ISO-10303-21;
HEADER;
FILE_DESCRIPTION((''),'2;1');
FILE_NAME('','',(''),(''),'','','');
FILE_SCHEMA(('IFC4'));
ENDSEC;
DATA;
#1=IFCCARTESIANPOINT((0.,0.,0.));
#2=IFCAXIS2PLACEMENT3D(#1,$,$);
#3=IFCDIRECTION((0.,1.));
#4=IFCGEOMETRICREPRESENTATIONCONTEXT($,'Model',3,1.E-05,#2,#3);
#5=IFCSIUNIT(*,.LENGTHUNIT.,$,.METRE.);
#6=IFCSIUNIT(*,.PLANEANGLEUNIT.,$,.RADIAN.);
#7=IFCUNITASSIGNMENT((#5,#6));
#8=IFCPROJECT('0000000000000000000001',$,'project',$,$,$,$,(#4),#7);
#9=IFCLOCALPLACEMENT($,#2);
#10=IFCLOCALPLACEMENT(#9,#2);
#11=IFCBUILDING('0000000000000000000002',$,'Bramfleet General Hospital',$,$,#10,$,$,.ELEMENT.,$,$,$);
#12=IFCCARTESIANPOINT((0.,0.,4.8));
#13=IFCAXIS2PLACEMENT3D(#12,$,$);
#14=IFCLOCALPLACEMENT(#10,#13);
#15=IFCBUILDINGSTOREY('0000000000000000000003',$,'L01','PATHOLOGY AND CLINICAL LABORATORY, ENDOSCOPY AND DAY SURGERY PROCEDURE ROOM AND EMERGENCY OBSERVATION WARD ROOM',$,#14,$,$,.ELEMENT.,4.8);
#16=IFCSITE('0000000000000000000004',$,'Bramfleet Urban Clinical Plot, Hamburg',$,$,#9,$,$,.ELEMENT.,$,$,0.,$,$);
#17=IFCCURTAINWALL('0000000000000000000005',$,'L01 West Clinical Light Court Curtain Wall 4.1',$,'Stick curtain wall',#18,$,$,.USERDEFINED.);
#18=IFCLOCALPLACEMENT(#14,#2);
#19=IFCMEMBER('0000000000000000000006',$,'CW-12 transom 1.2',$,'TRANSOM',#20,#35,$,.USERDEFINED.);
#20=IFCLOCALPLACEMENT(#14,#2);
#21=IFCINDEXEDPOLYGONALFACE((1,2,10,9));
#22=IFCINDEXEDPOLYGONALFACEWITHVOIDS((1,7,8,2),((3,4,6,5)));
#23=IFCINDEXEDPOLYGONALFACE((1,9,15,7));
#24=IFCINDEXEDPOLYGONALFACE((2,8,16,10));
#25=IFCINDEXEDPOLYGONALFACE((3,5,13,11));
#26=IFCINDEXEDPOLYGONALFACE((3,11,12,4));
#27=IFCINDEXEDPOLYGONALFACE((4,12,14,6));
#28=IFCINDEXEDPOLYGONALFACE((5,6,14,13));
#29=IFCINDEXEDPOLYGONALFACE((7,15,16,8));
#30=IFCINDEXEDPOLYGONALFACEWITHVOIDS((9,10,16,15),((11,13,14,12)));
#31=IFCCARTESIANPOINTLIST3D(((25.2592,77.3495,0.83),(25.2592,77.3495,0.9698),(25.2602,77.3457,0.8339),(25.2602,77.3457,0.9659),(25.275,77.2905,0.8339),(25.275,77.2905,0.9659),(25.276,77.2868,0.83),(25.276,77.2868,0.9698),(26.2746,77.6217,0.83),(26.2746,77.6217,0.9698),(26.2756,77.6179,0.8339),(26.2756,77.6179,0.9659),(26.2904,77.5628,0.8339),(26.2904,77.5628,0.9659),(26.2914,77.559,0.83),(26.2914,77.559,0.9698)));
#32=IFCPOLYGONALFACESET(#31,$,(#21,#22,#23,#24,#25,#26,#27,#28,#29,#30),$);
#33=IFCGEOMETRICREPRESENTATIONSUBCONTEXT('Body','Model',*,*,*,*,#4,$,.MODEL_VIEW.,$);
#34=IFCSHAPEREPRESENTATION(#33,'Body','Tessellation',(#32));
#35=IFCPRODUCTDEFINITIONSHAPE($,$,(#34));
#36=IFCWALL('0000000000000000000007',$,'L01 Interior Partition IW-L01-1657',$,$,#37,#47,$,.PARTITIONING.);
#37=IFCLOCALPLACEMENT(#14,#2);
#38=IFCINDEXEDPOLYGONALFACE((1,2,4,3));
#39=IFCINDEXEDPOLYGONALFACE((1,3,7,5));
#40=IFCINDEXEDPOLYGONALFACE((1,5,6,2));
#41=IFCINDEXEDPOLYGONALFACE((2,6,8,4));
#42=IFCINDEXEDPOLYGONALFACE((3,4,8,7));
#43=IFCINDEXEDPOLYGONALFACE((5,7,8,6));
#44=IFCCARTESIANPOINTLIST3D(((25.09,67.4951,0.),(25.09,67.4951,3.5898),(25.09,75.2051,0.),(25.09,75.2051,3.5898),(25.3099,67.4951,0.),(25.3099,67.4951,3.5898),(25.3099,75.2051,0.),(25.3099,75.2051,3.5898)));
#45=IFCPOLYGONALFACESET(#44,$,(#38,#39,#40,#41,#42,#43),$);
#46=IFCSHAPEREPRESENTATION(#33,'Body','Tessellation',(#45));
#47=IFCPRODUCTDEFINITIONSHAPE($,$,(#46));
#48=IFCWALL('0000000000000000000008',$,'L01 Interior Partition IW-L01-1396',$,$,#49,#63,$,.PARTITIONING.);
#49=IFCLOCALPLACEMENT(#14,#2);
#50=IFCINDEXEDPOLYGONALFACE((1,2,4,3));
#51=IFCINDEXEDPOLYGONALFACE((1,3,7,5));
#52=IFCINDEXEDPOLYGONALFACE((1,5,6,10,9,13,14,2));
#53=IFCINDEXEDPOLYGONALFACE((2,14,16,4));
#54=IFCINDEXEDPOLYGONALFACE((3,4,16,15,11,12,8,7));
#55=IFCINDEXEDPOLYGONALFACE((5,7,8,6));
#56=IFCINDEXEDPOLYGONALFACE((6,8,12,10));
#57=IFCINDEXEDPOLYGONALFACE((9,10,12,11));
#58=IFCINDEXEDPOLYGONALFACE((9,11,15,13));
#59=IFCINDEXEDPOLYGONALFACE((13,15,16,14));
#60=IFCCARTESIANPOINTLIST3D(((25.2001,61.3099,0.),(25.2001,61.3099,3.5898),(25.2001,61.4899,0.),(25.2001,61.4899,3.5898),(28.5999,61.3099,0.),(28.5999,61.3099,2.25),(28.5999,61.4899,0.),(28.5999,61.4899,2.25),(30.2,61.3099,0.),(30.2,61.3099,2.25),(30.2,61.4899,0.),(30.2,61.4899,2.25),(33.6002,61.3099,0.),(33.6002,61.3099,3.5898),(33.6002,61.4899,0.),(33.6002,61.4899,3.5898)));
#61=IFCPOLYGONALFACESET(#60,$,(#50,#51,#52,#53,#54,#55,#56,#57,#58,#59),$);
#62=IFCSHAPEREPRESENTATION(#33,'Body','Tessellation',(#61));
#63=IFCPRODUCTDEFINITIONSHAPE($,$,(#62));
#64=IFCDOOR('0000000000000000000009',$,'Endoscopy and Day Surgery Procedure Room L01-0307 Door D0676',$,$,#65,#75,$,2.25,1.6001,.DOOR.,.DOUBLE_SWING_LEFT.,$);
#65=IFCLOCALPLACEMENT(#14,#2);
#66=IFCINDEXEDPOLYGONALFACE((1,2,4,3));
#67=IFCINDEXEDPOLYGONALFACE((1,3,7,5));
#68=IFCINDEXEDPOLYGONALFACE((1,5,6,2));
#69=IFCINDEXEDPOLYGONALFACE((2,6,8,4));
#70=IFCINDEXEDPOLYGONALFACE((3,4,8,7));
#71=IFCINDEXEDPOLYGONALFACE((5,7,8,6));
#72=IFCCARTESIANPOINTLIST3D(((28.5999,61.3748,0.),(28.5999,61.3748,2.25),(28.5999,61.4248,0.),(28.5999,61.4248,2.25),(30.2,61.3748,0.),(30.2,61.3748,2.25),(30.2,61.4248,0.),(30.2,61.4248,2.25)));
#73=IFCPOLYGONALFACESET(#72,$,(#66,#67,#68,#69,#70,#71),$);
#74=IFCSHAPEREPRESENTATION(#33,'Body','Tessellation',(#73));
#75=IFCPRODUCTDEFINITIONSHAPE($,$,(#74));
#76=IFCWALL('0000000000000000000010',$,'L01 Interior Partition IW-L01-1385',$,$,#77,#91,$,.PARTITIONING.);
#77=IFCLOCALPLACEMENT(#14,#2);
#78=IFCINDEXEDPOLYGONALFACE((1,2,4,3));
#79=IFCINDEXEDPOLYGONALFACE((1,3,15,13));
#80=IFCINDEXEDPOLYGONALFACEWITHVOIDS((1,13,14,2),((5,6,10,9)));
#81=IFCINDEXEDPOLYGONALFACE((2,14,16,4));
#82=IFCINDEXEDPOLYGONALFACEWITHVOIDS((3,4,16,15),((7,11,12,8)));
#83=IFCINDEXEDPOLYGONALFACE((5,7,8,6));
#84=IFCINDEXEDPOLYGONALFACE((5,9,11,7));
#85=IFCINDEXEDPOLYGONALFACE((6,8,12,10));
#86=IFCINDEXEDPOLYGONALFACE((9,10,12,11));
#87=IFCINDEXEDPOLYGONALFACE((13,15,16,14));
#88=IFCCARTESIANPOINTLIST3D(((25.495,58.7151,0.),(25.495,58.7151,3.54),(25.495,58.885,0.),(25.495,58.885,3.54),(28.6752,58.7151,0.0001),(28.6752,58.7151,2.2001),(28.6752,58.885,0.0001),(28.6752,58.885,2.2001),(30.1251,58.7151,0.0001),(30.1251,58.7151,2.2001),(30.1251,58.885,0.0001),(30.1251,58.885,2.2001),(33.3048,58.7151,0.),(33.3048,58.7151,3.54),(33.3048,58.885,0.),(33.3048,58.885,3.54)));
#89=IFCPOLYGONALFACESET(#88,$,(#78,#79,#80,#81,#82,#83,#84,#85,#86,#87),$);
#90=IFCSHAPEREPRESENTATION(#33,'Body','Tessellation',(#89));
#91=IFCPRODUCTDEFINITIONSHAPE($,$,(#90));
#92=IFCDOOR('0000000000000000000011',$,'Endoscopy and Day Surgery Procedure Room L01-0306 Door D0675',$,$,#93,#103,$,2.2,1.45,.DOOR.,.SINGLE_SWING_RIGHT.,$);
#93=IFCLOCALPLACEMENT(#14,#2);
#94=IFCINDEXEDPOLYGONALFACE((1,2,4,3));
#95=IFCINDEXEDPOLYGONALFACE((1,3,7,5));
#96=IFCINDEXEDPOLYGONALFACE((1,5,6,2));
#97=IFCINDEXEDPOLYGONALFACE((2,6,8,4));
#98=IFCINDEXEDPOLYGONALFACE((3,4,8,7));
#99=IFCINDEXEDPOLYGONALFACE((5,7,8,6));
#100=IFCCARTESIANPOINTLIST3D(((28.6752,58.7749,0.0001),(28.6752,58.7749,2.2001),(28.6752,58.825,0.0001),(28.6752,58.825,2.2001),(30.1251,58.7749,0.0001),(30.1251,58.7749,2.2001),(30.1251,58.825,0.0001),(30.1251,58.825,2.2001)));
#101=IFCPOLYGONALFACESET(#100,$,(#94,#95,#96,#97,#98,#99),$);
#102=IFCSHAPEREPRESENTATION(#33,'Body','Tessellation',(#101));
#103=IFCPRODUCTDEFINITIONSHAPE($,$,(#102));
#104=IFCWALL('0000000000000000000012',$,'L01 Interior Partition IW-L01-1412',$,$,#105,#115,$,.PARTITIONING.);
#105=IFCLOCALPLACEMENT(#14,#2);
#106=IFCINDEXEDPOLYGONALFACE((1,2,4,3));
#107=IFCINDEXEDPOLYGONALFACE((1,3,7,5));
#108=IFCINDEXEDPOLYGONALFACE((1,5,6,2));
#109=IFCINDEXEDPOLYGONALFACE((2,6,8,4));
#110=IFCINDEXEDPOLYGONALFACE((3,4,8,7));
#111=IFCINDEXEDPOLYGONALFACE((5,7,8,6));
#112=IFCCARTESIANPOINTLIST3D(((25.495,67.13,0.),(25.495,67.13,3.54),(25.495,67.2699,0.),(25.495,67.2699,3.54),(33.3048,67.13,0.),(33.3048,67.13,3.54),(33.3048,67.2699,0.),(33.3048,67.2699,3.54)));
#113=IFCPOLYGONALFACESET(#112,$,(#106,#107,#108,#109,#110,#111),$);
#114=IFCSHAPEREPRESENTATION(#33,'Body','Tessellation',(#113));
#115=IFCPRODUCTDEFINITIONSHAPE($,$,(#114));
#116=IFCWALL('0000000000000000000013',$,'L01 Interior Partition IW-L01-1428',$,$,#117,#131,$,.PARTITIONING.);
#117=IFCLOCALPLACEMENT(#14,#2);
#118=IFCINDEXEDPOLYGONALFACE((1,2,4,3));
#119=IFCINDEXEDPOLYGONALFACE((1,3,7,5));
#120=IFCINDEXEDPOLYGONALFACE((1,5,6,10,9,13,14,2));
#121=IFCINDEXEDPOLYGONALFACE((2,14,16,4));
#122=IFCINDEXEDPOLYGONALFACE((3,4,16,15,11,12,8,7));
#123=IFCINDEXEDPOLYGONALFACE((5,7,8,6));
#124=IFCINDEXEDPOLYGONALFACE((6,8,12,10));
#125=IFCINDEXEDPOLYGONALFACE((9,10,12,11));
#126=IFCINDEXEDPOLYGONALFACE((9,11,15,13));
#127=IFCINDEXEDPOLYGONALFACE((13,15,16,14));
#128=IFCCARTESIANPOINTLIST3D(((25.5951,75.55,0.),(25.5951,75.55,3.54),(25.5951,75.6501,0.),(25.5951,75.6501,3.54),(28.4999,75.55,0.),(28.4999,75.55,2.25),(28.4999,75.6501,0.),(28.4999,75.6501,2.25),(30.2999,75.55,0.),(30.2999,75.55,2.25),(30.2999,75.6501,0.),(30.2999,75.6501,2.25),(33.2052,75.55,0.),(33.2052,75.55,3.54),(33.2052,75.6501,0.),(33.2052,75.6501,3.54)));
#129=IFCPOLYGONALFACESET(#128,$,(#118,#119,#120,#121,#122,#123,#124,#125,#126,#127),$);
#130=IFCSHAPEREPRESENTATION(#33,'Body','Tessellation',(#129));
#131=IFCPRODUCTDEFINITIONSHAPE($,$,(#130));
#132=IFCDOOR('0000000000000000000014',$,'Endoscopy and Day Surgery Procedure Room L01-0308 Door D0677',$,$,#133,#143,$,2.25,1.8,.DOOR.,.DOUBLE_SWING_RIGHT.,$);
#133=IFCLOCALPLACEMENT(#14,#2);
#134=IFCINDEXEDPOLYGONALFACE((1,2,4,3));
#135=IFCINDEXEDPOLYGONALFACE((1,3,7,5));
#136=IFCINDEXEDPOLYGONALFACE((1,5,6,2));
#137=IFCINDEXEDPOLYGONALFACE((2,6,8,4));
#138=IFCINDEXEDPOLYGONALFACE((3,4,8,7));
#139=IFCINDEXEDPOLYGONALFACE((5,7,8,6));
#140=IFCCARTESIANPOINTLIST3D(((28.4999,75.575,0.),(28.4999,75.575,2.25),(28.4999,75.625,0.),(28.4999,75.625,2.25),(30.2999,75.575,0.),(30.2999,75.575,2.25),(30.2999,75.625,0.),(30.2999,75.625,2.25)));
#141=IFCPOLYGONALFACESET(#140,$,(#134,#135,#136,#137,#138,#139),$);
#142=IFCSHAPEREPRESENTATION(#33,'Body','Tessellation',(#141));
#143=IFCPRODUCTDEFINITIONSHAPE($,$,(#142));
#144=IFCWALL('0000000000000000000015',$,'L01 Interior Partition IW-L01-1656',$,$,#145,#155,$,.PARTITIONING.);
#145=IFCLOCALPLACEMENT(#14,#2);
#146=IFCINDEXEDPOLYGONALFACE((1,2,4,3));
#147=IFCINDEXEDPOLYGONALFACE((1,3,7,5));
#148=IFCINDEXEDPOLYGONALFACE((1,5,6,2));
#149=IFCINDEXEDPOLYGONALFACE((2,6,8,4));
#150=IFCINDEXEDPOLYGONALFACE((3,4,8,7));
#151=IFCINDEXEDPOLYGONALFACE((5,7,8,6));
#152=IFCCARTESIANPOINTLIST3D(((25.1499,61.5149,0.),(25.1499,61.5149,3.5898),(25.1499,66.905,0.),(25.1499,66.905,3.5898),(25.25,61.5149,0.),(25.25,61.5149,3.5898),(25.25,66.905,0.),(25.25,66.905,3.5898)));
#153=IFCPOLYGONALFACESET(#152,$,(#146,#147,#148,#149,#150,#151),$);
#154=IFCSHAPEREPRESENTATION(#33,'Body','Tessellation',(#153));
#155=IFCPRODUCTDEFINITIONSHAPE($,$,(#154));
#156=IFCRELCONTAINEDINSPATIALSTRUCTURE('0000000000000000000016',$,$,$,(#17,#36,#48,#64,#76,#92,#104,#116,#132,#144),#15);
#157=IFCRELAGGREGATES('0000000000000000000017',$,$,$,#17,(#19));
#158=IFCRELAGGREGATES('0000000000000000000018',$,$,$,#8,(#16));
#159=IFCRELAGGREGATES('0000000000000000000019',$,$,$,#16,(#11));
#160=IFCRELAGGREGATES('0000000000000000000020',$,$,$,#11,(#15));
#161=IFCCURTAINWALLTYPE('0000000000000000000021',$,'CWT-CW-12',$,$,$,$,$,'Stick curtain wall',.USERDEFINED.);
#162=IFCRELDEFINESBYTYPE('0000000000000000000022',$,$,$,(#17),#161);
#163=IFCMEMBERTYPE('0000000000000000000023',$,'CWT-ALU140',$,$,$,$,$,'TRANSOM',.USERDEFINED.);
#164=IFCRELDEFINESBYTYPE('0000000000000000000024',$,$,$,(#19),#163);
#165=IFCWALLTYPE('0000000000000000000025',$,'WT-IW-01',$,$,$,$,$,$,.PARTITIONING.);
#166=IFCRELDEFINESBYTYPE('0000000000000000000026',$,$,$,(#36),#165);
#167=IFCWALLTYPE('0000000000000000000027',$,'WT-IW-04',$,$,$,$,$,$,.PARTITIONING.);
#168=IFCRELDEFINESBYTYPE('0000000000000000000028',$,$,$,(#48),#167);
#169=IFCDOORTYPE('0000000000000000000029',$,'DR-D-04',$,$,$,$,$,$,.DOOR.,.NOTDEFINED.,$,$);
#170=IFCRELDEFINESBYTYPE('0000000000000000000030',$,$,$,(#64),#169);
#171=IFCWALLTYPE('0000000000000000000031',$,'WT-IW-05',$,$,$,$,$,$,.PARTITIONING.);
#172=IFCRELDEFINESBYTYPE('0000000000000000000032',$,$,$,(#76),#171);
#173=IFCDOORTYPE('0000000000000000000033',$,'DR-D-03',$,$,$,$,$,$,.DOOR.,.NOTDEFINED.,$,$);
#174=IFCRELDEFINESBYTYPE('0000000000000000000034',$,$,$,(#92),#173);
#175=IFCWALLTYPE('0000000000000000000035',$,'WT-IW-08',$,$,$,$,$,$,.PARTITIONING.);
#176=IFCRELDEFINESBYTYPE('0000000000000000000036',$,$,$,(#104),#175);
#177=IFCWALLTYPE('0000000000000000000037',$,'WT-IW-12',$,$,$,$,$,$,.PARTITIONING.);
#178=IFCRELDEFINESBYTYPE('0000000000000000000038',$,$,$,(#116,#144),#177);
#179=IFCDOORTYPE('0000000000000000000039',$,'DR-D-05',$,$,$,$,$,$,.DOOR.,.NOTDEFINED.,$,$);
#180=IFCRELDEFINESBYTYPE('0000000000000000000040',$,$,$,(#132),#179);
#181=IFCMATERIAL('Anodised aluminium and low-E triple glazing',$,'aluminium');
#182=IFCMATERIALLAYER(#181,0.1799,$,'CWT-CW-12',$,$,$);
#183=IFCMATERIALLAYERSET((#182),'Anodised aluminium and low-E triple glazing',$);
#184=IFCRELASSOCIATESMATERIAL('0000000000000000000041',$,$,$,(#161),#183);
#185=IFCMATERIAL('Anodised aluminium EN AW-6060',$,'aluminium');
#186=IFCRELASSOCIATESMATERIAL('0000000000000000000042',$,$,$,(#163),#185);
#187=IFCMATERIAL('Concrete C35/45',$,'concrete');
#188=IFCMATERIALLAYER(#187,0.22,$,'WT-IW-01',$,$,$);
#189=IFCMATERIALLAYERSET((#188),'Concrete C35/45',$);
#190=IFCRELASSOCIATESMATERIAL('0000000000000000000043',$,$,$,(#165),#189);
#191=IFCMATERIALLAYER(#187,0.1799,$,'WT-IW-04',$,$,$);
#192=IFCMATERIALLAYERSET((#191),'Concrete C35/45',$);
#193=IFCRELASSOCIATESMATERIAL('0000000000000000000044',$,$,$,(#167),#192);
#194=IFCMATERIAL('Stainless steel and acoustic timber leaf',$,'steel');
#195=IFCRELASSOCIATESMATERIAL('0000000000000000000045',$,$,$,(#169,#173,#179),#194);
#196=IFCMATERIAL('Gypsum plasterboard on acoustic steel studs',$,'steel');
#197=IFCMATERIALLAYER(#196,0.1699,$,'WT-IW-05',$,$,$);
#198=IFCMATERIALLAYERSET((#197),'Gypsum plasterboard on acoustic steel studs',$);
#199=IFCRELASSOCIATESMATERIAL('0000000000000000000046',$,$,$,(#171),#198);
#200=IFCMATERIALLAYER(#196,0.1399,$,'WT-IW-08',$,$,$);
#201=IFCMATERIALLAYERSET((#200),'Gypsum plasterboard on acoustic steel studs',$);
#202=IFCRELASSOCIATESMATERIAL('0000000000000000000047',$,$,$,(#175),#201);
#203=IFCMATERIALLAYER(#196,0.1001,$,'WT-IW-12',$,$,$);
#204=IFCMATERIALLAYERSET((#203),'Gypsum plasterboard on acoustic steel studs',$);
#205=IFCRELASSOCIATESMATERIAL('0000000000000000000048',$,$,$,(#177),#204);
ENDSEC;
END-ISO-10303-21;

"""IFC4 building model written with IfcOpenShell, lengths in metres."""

from ifc_helpers import new_model, si_unit, direction, frame, frame_2d, origin, origin_2d, place, context, subcontext, project, spatial, rectangle, hollow_rectangle, extrude, material, layer, layer_set, material_profile, profile_set, type_object, element, fill, aggregate, save


model = new_model("IFC4")

# Units and contexts
model_context = context("Model", 3, precision=1e-05, world=origin(), true_north=direction((0.0, 1.0)))
body_context = subcontext(model_context, "Body", "Model", "MODEL_VIEW")
ifc_project = project(units=[si_unit("LENGTHUNIT", "METRE"), si_unit("PLANEANGLEUNIT", "RADIAN")], contexts=[model_context])

# Site, building, storey
site_placement = place(None, origin())
site = spatial("IfcSite", under=ifc_project, at=site_placement, Name="Bramfleet Urban Clinical Plot, Hamburg", CompositionType="ELEMENT", RefElevation=0.0)
building_placement = place(site_placement, origin())
building = spatial("IfcBuilding", under=site, at=building_placement, Name="Bramfleet General Hospital", CompositionType="ELEMENT")
storey_placement = place(building_placement, frame((0.0, 0.0, 4.8)))
storey = spatial("IfcBuildingStorey", under=building, at=storey_placement, Name="L01", Description="PATHOLOGY AND CLINICAL LABORATORY, ENDOSCOPY AND DAY SURGERY PROCEDURE ROOM AND EMERGENCY OBSERVATION WARD ROOM", CompositionType="ELEMENT", Elevation=4.8)

# Shared definitions
ifc_material_1 = material(Name="Concrete C35/45", Category="concrete")

# Shared definitions
ifc_material_2 = material(Name="Anodised aluminium and low-E triple glazing", Category="aluminium")
ifc_material_3 = material(Name="Anodised aluminium EN AW-6060", Category="aluminium")

# Curtain wall, member
ifc_layer_1 = layer(ifc_material_2, 0.1799, Name="CWT-CW-12")
ifc_layer_set_1 = layer_set([ifc_layer_1], Name="Anodised aluminium and low-E triple glazing")
curtain_wall_type_1 = type_object("IfcCurtainWallType", Name="CWT-CW-12", ElementType="Stick curtain wall", PredefinedType="USERDEFINED", material=ifc_layer_set_1)
curtain_wall_1_placement = place(storey_placement, origin())
curtain_wall_1 = element("IfcCurtainWall", 1, at=curtain_wall_1_placement, inside=storey, type_object=curtain_wall_type_1, Name="L01 West Clinical Light Court Curtain Wall 4.1", ObjectType="Stick curtain wall", PredefinedType="USERDEFINED")
ifc_material_profile_1 = material_profile(ifc_material_3, hollow_rectangle(XDim=0.0649, YDim=0.1399, WallThickness=0.0039, at=origin_2d()), Name="ALU 140x65x4.0")
ifc_profile_set_1 = profile_set([ifc_material_profile_1], Name="Anodised aluminium EN AW-6060")
member_type_1 = type_object("IfcMemberType", Name="CWT-ALU140", ElementType="TRANSOM", PredefinedType="USERDEFINED", material=ifc_profile_set_1)
member_1_placement = place(storey_placement, frame((25.2676, 77.3181, 0.8999), z_axis=(0.965891, 0.258949, 0.0), x_axis=(-0.258949, 0.965891, 0.0)))
member_1 = element("IfcMember", 2, at=member_1_placement, type_object=member_type_1, Name="CW-12 transom 1.2", ObjectType="TRANSOM", PredefinedType="USERDEFINED", context=body_context, shape_type="SweptSolid", body=[
    extrude(hollow_rectangle(XDim=0.0649, YDim=0.1399, WallThickness=0.0039, at=origin_2d()), origin(), (0.0, 0.0, 1.0), 1.0513),
])
aggregate(curtain_wall_1, [member_1])

# Wall
ifc_layer_2 = layer(ifc_material_1, 0.22, Name="WT-IW-01")
ifc_layer_set_2 = layer_set([ifc_layer_2], Name="Concrete C35/45")
wall_type_1 = type_object("IfcWallType", Name="WT-IW-01", PredefinedType="PARTITIONING", material=ifc_layer_set_2)
wall_1_placement = place(storey_placement, frame((25.2, 67.4951, 0.0), z_axis=(0.0, 0.0, 1.0), x_axis=(0.0, 1.0, 0.0)))
element("IfcWall", 3, at=wall_1_placement, inside=storey, type_object=wall_type_1, Name="L01 Interior Partition IW-L01-1657", PredefinedType="PARTITIONING", context=body_context, shape_type="SweptSolid", body=[
    extrude(rectangle(XDim=7.71, YDim=0.22, at=frame_2d((3.855, 0.0))), origin(), (0.0, 0.0, 1.0), 3.5898),
])

# Walls, openings, doors
ifc_layer_3 = layer(ifc_material_1, 0.1799, Name="WT-IW-04")
ifc_layer_set_3 = layer_set([ifc_layer_3], Name="Concrete C35/45")
wall_type_2 = type_object("IfcWallType", Name="WT-IW-04", PredefinedType="PARTITIONING", material=ifc_layer_set_3)
wall_2_placement = place(storey_placement, frame((25.2, 61.3999, 0.0), z_axis=(0.0, 0.0, 1.0), x_axis=(1.0, 0.0, 0.0)))
wall_2 = element("IfcWall", 4, at=wall_2_placement, inside=storey, type_object=wall_type_2, Name="L01 Interior Partition IW-L01-1396", PredefinedType="PARTITIONING", context=body_context, shape_type="SweptSolid", body=[
    extrude(rectangle(XDim=8.4001, YDim=0.1799, at=frame_2d((4.2002, 0.0))), origin(), (0.0, 0.0, 1.0), 3.5898),
])
opening_1_placement = place(wall_2_placement, frame((3.3999, 0.0, 0.0)))
opening_1 = element("IfcOpeningElement", 5, at=opening_1_placement, cuts=wall_2, PredefinedType="OPENING", context=body_context, shape_type="SweptSolid", body=[
    extrude(rectangle(XDim=1.6001, YDim=2.25, at=frame_2d((0.8, 1.125))), frame((0.0, 0.0999, 0.0), z_axis=(0.0, -1.0, 0.0), x_axis=(1.0, 0.0, 0.0)), (0.0, 0.0, 1.0), 0.2),
])
ifc_material_4 = material(Name="Stainless steel and acoustic timber leaf", Category="steel")
door_type_1 = type_object("IfcDoorType", Name="DR-D-04", OperationType="NOTDEFINED", PredefinedType="DOOR", material=ifc_material_4)
door_1_placement = place(opening_1_placement, origin())
door_1 = element("IfcDoor", 6, at=door_1_placement, inside=storey, type_object=door_type_1, Name="Endoscopy and Day Surgery Procedure Room L01-0307 Door D0676", OperationType="DOUBLE_SWING_LEFT", OverallHeight=2.25, OverallWidth=1.6001, PredefinedType="DOOR", context=body_context, shape_type="SweptSolid", body=[
    extrude(rectangle(XDim=1.6001, YDim=2.25, at=frame_2d((0.8, 1.125))), frame((0.0, 0.0249, 0.0), z_axis=(0.0, -1.0, 0.0), x_axis=(1.0, 0.0, 0.0)), (0.0, 0.0, 1.0), 0.05),
])
fill(opening_1, door_1)
ifc_material_5 = material(Name="Gypsum plasterboard on acoustic steel studs", Category="steel")
ifc_layer_4 = layer(ifc_material_5, 0.1699, Name="WT-IW-05")
ifc_layer_set_4 = layer_set([ifc_layer_4], Name="Gypsum plasterboard on acoustic steel studs")
wall_type_3 = type_object("IfcWallType", Name="WT-IW-05", PredefinedType="PARTITIONING", material=ifc_layer_set_4)
wall_3_placement = place(storey_placement, frame((25.4951, 58.8, 0.0), z_axis=(0.0, 0.0, 1.0), x_axis=(1.0, 0.0, 0.0)))
wall_3 = element("IfcWall", 7, at=wall_3_placement, inside=storey, type_object=wall_type_3, Name="L01 Interior Partition IW-L01-1385", PredefinedType="PARTITIONING", context=body_context, shape_type="SweptSolid", body=[
    extrude(rectangle(XDim=7.8098, YDim=0.1699, at=frame_2d((3.9048, 0.0))), origin(), (0.0, 0.0, 1.0), 3.54),
])
opening_2_placement = place(wall_3_placement, frame((3.1799, 0.0, 0.0)))
opening_2 = element("IfcOpeningElement", 8, at=opening_2_placement, cuts=wall_3, PredefinedType="OPENING", context=body_context, shape_type="SweptSolid", body=[
    extrude(rectangle(XDim=1.45, YDim=2.2, at=frame_2d((0.7251, 1.1001))), frame((0.0, 0.095, 0.0), z_axis=(0.0, -1.0, 0.0), x_axis=(1.0, 0.0, 0.0)), (0.0, 0.0, 1.0), 0.1899),
])
door_type_2 = type_object("IfcDoorType", Name="DR-D-03", OperationType="NOTDEFINED", PredefinedType="DOOR", material=ifc_material_4)
door_2_placement = place(opening_2_placement, origin())
door_2 = element("IfcDoor", 9, at=door_2_placement, inside=storey, type_object=door_type_2, Name="Endoscopy and Day Surgery Procedure Room L01-0306 Door D0675", OperationType="SINGLE_SWING_RIGHT", OverallHeight=2.2, OverallWidth=1.45, PredefinedType="DOOR", context=body_context, shape_type="SweptSolid", body=[
    extrude(rectangle(XDim=1.45, YDim=2.2, at=frame_2d((0.7251, 1.1001))), frame((0.0, 0.0249, 0.0), z_axis=(0.0, -1.0, 0.0), x_axis=(1.0, 0.0, 0.0)), (0.0, 0.0, 1.0), 0.05),
])
fill(opening_2, door_2)

# Wall
ifc_layer_5 = layer(ifc_material_5, 0.1399, Name="WT-IW-08")
ifc_layer_set_5 = layer_set([ifc_layer_5], Name="Gypsum plasterboard on acoustic steel studs")
wall_type_4 = type_object("IfcWallType", Name="WT-IW-08", PredefinedType="PARTITIONING", material=ifc_layer_set_5)
wall_4_placement = place(storey_placement, frame((25.4951, 67.2, 0.0), z_axis=(0.0, 0.0, 1.0), x_axis=(1.0, 0.0, 0.0)))
element("IfcWall", 10, at=wall_4_placement, inside=storey, type_object=wall_type_4, Name="L01 Interior Partition IW-L01-1412", PredefinedType="PARTITIONING", context=body_context, shape_type="SweptSolid", body=[
    extrude(rectangle(XDim=7.8098, YDim=0.1399, at=frame_2d((3.9048, 0.0))), origin(), (0.0, 0.0, 1.0), 3.54),
])

# Wall, opening, door
ifc_layer_6 = layer(ifc_material_5, 0.1001, Name="WT-IW-12")
ifc_layer_set_6 = layer_set([ifc_layer_6], Name="Gypsum plasterboard on acoustic steel studs")
wall_type_5 = type_object("IfcWallType", Name="WT-IW-12", PredefinedType="PARTITIONING", material=ifc_layer_set_6)
wall_5_placement = place(storey_placement, frame((25.595, 75.6001, 0.0), z_axis=(0.0, 0.0, 1.0), x_axis=(1.0, 0.0, 0.0)))
wall_5 = element("IfcWall", 11, at=wall_5_placement, inside=storey, type_object=wall_type_5, Name="L01 Interior Partition IW-L01-1428", PredefinedType="PARTITIONING", context=body_context, shape_type="SweptSolid", body=[
    extrude(rectangle(XDim=7.6101, YDim=0.1001, at=frame_2d((3.8052, 0.0))), origin(), (0.0, 0.0, 1.0), 3.54),
])
opening_3_placement = place(wall_5_placement, frame((2.905, 0.0, 0.0)))
opening_3 = element("IfcOpeningElement", 12, at=opening_3_placement, cuts=wall_5, PredefinedType="OPENING", context=body_context, shape_type="SweptSolid", body=[
    extrude(rectangle(XDim=1.8, YDim=2.25, at=frame_2d((0.8999, 1.125))), frame((0.0, 0.0601, 0.0), z_axis=(0.0, -1.0, 0.0), x_axis=(1.0, 0.0, 0.0)), (0.0, 0.0, 1.0), 0.1201),
])
door_type_3 = type_object("IfcDoorType", Name="DR-D-05", OperationType="NOTDEFINED", PredefinedType="DOOR", material=ifc_material_4)
door_3_placement = place(opening_3_placement, origin())
door_3 = element("IfcDoor", 13, at=door_3_placement, inside=storey, type_object=door_type_3, Name="Endoscopy and Day Surgery Procedure Room L01-0308 Door D0677", OperationType="DOUBLE_SWING_RIGHT", OverallHeight=2.25, OverallWidth=1.8, PredefinedType="DOOR", context=body_context, shape_type="SweptSolid", body=[
    extrude(rectangle(XDim=1.8, YDim=2.25, at=frame_2d((0.8999, 1.125))), frame((0.0, 0.0249, 0.0), z_axis=(0.0, -1.0, 0.0), x_axis=(1.0, 0.0, 0.0)), (0.0, 0.0, 1.0), 0.05),
])
fill(opening_3, door_3)

# Wall
wall_6_placement = place(storey_placement, frame((25.2, 61.5149, 0.0), z_axis=(0.0, 0.0, 1.0), x_axis=(0.0, 1.0, 0.0)))
element("IfcWall", 14, at=wall_6_placement, inside=storey, type_object=wall_type_5, Name="L01 Interior Partition IW-L01-1656", PredefinedType="PARTITIONING", context=body_context, shape_type="SweptSolid", body=[
    extrude(rectangle(XDim=5.3901, YDim=0.1001, at=frame_2d((2.6951, 0.0))), origin(), (0.0, 0.0, 1.0), 3.5898),
])

save(model, "model.ifc")
